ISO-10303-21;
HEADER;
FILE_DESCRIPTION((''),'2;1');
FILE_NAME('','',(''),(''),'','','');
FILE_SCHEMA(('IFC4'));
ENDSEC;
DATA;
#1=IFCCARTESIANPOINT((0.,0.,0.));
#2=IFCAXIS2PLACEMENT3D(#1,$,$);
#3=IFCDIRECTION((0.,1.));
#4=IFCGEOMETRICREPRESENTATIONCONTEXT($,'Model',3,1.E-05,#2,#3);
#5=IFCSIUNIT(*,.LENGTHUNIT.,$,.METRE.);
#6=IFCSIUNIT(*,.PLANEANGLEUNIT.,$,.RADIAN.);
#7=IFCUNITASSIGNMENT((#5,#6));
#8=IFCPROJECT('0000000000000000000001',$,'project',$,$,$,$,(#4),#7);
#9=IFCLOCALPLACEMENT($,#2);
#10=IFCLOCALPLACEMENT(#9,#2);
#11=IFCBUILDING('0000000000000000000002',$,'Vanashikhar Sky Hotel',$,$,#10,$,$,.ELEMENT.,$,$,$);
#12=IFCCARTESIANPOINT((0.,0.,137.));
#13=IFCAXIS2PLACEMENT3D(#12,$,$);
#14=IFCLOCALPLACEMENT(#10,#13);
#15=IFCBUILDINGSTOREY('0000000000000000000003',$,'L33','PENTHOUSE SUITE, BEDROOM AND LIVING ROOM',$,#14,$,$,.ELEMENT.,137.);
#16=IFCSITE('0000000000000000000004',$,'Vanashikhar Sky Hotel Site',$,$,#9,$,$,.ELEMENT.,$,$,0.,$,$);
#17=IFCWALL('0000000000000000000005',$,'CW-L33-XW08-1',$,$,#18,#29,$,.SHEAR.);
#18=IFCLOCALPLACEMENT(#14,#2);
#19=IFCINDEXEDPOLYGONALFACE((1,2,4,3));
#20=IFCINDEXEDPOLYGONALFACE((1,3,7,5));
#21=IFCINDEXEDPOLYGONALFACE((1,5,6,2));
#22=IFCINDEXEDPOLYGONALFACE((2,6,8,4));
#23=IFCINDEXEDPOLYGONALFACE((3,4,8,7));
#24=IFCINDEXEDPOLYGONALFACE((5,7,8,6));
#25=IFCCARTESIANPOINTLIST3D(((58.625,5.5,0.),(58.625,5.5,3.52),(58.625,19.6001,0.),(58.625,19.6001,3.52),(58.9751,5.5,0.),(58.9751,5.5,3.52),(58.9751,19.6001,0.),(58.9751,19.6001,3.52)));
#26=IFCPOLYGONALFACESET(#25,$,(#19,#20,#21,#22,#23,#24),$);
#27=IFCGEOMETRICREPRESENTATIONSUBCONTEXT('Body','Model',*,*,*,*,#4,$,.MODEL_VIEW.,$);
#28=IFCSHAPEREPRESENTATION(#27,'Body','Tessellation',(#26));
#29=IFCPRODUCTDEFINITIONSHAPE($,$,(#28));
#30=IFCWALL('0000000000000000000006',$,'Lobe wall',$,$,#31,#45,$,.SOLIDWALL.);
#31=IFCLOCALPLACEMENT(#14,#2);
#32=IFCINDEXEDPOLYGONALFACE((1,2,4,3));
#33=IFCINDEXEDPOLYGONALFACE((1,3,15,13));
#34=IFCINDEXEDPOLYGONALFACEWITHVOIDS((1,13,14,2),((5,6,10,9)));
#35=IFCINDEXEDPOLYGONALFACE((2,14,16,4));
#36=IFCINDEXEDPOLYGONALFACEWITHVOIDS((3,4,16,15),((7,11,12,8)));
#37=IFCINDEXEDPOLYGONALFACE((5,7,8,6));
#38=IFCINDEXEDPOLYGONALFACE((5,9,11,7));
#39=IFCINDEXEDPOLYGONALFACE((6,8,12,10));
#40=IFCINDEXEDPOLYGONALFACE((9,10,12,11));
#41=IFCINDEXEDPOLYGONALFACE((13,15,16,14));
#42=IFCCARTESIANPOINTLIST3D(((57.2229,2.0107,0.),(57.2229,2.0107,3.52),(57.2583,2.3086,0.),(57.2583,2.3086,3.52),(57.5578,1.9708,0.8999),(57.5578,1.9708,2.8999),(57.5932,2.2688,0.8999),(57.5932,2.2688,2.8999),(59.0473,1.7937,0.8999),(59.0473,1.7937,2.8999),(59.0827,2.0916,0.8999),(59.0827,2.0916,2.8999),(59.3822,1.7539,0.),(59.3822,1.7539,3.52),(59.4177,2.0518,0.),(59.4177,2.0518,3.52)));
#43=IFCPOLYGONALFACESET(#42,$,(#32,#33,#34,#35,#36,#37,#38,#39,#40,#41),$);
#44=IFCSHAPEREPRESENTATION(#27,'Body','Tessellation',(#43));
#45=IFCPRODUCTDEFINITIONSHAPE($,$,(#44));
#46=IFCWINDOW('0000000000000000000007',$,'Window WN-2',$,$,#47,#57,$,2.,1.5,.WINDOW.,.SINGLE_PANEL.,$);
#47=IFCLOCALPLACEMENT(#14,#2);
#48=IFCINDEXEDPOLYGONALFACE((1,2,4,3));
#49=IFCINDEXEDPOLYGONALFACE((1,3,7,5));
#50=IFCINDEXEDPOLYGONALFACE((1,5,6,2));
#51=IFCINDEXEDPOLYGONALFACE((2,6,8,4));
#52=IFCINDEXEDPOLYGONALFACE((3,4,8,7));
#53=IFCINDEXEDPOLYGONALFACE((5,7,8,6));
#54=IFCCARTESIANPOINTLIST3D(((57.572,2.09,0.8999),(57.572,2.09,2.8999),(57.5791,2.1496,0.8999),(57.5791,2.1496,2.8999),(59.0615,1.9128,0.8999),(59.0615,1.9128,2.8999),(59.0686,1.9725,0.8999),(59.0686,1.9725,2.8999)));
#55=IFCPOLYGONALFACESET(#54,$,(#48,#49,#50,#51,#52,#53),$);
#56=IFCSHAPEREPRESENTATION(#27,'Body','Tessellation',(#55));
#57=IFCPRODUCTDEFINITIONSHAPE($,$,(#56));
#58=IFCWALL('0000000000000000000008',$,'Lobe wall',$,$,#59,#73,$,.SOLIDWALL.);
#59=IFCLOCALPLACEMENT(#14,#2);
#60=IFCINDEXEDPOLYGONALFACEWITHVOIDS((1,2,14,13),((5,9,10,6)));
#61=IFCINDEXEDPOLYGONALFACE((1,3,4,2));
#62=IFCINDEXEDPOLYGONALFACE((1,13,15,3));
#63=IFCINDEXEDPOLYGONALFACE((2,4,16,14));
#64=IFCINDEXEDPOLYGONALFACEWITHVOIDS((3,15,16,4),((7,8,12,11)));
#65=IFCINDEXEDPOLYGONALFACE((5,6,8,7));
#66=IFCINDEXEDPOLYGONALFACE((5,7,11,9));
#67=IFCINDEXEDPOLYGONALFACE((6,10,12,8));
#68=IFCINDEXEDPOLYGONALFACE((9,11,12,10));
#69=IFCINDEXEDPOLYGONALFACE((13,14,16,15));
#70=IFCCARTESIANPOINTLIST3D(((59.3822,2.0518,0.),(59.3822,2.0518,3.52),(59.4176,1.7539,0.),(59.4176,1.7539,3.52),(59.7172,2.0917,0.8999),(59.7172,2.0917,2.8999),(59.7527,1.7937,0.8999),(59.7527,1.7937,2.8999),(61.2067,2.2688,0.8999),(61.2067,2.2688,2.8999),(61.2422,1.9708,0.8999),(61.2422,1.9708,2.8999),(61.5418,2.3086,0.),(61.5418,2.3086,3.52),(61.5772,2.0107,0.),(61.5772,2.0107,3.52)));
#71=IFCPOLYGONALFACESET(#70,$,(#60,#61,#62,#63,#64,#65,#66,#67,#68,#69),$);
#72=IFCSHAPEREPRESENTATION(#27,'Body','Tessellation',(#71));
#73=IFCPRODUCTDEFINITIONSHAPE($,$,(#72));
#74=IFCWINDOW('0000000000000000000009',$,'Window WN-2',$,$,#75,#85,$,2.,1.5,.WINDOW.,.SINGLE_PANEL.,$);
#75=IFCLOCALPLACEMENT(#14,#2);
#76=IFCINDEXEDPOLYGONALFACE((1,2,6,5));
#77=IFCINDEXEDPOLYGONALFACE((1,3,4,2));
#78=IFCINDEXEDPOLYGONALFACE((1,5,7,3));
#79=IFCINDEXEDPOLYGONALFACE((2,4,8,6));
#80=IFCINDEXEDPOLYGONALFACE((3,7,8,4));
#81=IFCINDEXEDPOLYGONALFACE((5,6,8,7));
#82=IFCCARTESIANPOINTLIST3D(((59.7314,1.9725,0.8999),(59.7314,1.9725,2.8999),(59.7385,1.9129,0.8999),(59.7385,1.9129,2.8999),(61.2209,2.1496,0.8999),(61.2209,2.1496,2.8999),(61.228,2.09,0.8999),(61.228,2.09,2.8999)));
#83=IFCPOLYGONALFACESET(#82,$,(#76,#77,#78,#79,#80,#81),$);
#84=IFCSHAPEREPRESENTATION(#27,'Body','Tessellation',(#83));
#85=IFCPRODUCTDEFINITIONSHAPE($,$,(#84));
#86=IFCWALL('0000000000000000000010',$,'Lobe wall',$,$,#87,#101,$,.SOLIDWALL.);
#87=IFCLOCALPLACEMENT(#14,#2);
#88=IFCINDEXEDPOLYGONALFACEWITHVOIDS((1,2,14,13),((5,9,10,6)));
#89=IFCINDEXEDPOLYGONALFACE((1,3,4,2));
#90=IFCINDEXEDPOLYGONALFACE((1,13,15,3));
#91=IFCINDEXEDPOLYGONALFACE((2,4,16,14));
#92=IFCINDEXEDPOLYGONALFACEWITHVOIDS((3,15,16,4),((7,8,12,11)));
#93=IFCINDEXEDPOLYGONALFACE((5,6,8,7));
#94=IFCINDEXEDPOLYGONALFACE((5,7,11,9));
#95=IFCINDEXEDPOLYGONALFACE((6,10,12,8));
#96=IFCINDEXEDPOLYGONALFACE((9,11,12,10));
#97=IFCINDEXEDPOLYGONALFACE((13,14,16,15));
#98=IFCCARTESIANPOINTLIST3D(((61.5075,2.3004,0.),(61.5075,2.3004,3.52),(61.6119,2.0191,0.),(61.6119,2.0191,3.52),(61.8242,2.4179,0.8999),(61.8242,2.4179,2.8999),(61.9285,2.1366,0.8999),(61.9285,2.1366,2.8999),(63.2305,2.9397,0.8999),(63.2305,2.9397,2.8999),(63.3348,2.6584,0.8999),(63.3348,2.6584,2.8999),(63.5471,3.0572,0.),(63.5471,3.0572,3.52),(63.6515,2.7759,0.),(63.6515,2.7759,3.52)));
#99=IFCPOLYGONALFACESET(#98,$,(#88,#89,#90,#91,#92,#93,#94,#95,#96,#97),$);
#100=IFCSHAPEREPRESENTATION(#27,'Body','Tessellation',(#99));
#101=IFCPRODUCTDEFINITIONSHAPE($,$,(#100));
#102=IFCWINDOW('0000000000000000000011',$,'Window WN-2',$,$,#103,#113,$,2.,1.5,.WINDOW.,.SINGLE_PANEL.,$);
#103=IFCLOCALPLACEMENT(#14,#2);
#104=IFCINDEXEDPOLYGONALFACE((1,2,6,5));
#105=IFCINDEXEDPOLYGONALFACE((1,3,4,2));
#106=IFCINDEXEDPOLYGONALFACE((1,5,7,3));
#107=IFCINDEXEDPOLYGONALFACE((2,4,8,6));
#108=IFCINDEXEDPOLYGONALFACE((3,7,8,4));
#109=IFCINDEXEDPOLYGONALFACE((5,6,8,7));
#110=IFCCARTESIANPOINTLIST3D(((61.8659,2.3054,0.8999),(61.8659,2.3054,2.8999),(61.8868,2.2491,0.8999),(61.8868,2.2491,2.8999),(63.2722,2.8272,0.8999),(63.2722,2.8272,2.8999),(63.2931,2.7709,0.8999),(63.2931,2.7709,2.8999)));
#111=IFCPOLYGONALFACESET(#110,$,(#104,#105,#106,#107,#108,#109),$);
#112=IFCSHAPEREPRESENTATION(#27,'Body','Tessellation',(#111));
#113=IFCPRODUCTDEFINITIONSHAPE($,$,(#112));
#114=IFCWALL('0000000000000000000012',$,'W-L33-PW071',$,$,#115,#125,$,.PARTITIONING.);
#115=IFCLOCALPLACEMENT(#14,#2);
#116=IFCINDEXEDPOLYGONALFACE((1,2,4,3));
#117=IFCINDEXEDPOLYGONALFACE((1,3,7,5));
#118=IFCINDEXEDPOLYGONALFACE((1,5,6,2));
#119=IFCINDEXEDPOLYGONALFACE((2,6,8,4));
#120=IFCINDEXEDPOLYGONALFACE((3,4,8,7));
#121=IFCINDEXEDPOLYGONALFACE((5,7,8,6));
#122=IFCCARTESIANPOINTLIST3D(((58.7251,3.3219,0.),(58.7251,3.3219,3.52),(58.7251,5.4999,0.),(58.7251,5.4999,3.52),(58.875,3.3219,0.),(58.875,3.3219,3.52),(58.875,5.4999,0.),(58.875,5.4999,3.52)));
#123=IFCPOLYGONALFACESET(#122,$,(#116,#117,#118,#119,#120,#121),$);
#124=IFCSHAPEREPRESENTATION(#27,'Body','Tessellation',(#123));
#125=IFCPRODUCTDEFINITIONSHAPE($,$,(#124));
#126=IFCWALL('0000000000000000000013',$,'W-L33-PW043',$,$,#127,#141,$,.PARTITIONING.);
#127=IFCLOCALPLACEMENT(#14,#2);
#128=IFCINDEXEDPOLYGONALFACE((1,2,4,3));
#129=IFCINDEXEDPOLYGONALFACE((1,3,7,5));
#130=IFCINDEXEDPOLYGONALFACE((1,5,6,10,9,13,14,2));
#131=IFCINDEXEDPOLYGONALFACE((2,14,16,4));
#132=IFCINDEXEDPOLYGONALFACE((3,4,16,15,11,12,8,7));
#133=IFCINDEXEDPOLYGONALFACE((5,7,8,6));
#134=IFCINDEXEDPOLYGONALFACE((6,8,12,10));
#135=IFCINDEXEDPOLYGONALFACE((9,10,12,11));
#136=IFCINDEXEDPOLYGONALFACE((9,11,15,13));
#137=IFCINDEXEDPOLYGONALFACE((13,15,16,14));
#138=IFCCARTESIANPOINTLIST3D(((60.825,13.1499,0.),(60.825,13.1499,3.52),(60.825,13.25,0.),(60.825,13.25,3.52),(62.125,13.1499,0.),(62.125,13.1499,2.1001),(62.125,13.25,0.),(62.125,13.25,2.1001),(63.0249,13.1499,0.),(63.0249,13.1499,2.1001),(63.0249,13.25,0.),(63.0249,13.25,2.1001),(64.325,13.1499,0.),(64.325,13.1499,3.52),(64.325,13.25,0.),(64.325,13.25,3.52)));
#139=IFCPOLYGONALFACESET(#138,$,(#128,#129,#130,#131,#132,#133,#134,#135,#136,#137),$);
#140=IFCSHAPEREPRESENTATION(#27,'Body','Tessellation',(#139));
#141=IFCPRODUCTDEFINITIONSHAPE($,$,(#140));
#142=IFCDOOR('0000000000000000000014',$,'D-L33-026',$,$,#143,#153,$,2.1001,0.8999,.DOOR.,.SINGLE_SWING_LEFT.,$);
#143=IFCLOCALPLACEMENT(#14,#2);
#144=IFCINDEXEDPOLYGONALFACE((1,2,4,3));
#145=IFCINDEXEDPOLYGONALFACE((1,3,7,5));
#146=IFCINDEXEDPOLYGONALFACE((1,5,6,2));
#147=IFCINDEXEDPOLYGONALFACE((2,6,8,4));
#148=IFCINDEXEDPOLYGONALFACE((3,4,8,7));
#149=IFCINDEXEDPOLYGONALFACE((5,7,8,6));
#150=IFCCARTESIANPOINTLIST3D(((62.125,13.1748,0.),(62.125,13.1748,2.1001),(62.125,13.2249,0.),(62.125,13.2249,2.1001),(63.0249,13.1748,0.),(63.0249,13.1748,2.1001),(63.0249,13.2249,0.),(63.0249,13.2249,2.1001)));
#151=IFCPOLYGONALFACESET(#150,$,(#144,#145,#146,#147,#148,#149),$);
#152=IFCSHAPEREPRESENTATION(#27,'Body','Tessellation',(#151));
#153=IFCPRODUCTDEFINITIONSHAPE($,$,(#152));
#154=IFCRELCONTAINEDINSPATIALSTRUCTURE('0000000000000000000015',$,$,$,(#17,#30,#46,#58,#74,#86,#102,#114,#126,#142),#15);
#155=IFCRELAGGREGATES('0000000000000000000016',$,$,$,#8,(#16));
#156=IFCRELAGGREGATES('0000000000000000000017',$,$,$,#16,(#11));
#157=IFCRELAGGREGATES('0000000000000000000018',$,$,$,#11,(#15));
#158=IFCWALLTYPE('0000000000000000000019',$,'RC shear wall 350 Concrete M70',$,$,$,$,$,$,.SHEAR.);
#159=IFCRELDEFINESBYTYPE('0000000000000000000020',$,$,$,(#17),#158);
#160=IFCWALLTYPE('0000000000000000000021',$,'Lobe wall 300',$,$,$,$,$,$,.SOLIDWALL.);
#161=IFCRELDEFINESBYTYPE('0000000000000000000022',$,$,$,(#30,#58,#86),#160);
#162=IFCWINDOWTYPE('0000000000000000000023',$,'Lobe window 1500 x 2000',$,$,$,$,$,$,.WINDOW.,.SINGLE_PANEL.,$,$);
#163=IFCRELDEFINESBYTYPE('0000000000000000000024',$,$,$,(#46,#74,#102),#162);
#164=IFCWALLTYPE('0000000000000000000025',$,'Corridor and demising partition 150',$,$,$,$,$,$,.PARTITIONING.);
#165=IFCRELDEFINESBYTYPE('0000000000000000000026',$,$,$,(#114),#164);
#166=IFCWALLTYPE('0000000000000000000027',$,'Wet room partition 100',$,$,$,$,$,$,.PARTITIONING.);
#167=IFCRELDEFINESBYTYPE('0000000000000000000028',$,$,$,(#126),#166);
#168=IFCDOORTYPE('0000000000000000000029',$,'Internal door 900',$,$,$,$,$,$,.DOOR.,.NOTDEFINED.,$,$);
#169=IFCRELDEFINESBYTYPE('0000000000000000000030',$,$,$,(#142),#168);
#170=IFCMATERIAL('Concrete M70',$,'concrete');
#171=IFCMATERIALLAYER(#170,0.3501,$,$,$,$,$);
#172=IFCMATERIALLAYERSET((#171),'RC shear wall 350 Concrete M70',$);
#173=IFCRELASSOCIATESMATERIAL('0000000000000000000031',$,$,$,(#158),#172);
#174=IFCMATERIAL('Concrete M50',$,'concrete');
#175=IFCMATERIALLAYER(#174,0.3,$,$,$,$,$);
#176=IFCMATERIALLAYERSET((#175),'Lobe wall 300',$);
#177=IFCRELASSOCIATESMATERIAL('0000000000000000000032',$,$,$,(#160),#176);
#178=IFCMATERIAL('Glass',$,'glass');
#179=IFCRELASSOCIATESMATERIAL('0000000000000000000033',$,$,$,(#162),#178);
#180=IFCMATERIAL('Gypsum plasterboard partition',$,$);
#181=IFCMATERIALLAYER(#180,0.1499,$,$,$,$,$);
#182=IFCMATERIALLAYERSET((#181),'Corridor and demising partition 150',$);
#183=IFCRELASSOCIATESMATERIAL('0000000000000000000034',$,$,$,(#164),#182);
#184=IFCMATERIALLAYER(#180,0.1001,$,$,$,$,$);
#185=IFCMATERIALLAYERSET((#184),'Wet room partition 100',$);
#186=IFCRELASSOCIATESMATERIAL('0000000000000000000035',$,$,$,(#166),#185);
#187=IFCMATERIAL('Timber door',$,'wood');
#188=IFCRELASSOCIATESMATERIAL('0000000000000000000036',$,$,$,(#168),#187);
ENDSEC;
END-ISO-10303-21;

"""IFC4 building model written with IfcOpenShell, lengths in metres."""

from ifc_helpers import new_model, si_unit, direction, frame, frame_2d, origin, place, context, subcontext, project, spatial, rectangle, extrude, source, transform, mapped, material, layer, layer_set, type_object, element, fill, save


model = new_model("IFC4")

# Units and contexts
model_context = context("Model", 3, precision=1e-05, world=origin(), true_north=direction((0.0, 1.0)))
body_context = subcontext(model_context, "Body", "Model", "MODEL_VIEW")
ifc_project = project(units=[si_unit("LENGTHUNIT", "METRE"), si_unit("PLANEANGLEUNIT", "RADIAN")], contexts=[model_context])

# Site, building, storey
site_placement = place(None, origin())
site = spatial("IfcSite", under=ifc_project, at=site_placement, Name="Vanashikhar Sky Hotel Site", CompositionType="ELEMENT", RefElevation=0.0)
building_placement = place(site_placement, origin())
building = spatial("IfcBuilding", under=site, at=building_placement, Name="Vanashikhar Sky Hotel", CompositionType="ELEMENT")
storey_placement = place(building_placement, frame((0.0, 0.0, 137.0)))
storey = spatial("IfcBuildingStorey", under=building, at=storey_placement, Name="L33", Description="PENTHOUSE SUITE, BEDROOM AND LIVING ROOM", CompositionType="ELEMENT", Elevation=137.0)

# Wall
ifc_material_1 = material(Name="Concrete M70", Category="concrete")
ifc_layer_1 = layer(ifc_material_1, 0.3501)
ifc_layer_set_1 = layer_set([ifc_layer_1], Name="RC shear wall 350 Concrete M70")
wall_type_1 = type_object("IfcWallType", Name="RC shear wall 350 Concrete M70", PredefinedType="SHEAR", material=ifc_layer_set_1)
shared_shape_1 = source(origin(), body_context, "Body", "SweptSolid", [
    extrude(rectangle(XDim=14.1001, YDim=0.3501, at=frame_2d((7.05, 0.0))), origin(), (0.0, 0.0, 1.0), 3.52),
])
wall_1_placement = place(storey_placement, frame((58.8, 5.5, 0.0), z_axis=(0.0, 0.0, 1.0), x_axis=(0.0, 1.0, 0.0)))
element("IfcWall", 1, at=wall_1_placement, inside=storey, type_object=wall_type_1, Name="CW-L33-XW08-1", PredefinedType="SHEAR", context=body_context, shape_type="MappedRepresentation", body=[
    mapped(shared_shape_1, transform((0.0, 0.0, 0.0), scale=1.0)),
])

# Walls, openings, windows
ifc_material_2 = material(Name="Concrete M50", Category="concrete")
ifc_layer_2 = layer(ifc_material_2, 0.3)
ifc_layer_set_2 = layer_set([ifc_layer_2], Name="Lobe wall 300")
wall_type_2 = type_object("IfcWallType", Name="Lobe wall 300", PredefinedType="SOLIDWALL", material=ifc_layer_set_2)
shared_shape_2 = source(origin(), body_context, "Body", "SweptSolid", [
    extrude(rectangle(XDim=2.1746, YDim=0.3, at=frame_2d((1.0874, 0.0))), origin(), (0.0, 0.0, 1.0), 3.52),
])
wall_2_placement = place(storey_placement, frame((57.2405, 2.1597, 0.0), z_axis=(0.0, 0.0, 1.0), x_axis=(0.993001, -0.118105, 0.0)))
wall_2 = element("IfcWall", 2, at=wall_2_placement, inside=storey, type_object=wall_type_2, Name="Lobe wall", PredefinedType="SOLIDWALL", context=body_context, shape_type="MappedRepresentation", body=[
    mapped(shared_shape_2, transform((0.0, 0.0, 0.0), scale=1.0)),
])
shared_shape_3 = source(origin(), body_context, "Body", "SweptSolid", [
    extrude(rectangle(XDim=1.5, YDim=2.0, at=frame_2d((0.75, 1.0))), frame((0.0, 0.1602, 0.0), z_axis=(0.0, -1.0, 0.0), x_axis=(1.0, 0.0, 0.0)), (0.0, 0.0, 1.0), 0.3201),
])
opening_1_placement = place(wall_2_placement, frame((0.3374, 0.0, 0.8999)))
opening_1 = element("IfcOpeningElement", 3, at=opening_1_placement, cuts=wall_2, PredefinedType="OPENING", context=body_context, shape_type="MappedRepresentation", body=[
    mapped(shared_shape_3, transform((0.0, 0.0, 0.0), scale=1.0)),
])
ifc_material_3 = material(Name="Glass", Category="glass")
window_type = type_object("IfcWindowType", Name="Lobe window 1500 x 2000", PartitioningType="SINGLE_PANEL", PredefinedType="WINDOW", material=ifc_material_3)
shared_shape_4 = source(origin(), body_context, "Body", "SweptSolid", [
    extrude(rectangle(XDim=1.5, YDim=2.0, at=frame_2d((0.75, 1.0))), frame((0.0, 0.03, 0.0), z_axis=(0.0, -1.0, 0.0), x_axis=(1.0, 0.0, 0.0)), (0.0, 0.0, 1.0), 0.0601),
])
window_1_placement = place(opening_1_placement, origin())
window_1 = element("IfcWindow", 4, at=window_1_placement, inside=storey, type_object=window_type, Name="Window WN-2", OverallHeight=2.0, OverallWidth=1.5, PartitioningType="SINGLE_PANEL", PredefinedType="WINDOW", context=body_context, shape_type="MappedRepresentation", body=[
    mapped(shared_shape_4, transform((0.0, 0.0, 0.0), scale=1.0)),
])
fill(opening_1, window_1)
shared_shape_5 = source(origin(), body_context, "Body", "SweptSolid", [
    extrude(rectangle(XDim=2.1748, YDim=0.3, at=frame_2d((1.0874, 0.0))), origin(), (0.0, 0.0, 1.0), 3.52),
])
wall_3_placement = place(storey_placement, frame((59.3999, 1.9028, 0.0), z_axis=(0.0, 0.0, 1.0), x_axis=(0.993003, 0.118092, 0.0)))
wall_3 = element("IfcWall", 5, at=wall_3_placement, inside=storey, type_object=wall_type_2, Name="Lobe wall", PredefinedType="SOLIDWALL", context=body_context, shape_type="MappedRepresentation", body=[
    mapped(shared_shape_5, transform((0.0, 0.0, 0.0), scale=1.0)),
])
opening_2_placement = place(wall_3_placement, frame((0.3374, 0.0, 0.8999)))
opening_2 = element("IfcOpeningElement", 6, at=opening_2_placement, cuts=wall_3, PredefinedType="OPENING", context=body_context, shape_type="MappedRepresentation", body=[
    mapped(shared_shape_3, transform((0.0, 0.0, 0.0), scale=1.0)),
])
window_2_placement = place(opening_2_placement, origin())
window_2 = element("IfcWindow", 7, at=window_2_placement, inside=storey, type_object=window_type, Name="Window WN-2", OverallHeight=2.0, OverallWidth=1.5, PartitioningType="SINGLE_PANEL", PredefinedType="WINDOW", context=body_context, shape_type="MappedRepresentation", body=[
    mapped(shared_shape_4, transform((0.0, 0.0, 0.0), scale=1.0)),
])
fill(opening_2, window_2)
shared_shape_6 = source(origin(), body_context, "Body", "SweptSolid", [
    extrude(rectangle(XDim=2.1755, YDim=0.3, at=frame_2d((1.0879, 0.0))), origin(), (0.0, 0.0, 1.0), 3.52),
])
wall_4_placement = place(storey_placement, frame((61.5596, 2.1597, 0.0), z_axis=(0.0, 0.0, 1.0), x_axis=(0.937532, 0.347899, 0.0)))
wall_4 = element("IfcWall", 8, at=wall_4_placement, inside=storey, type_object=wall_type_2, Name="Lobe wall", PredefinedType="SOLIDWALL", context=body_context, shape_type="MappedRepresentation", body=[
    mapped(shared_shape_6, transform((0.0, 0.0, 0.0), scale=1.0)),
])
opening_3_placement = place(wall_4_placement, frame((0.3379, 0.0, 0.8999)))
opening_3 = element("IfcOpeningElement", 9, at=opening_3_placement, cuts=wall_4, PredefinedType="OPENING", context=body_context, shape_type="MappedRepresentation", body=[
    mapped(shared_shape_3, transform((0.0, 0.0, 0.0), scale=1.0)),
])
window_3_placement = place(opening_3_placement, origin())
window_3 = element("IfcWindow", 10, at=window_3_placement, inside=storey, type_object=window_type, Name="Window WN-2", OverallHeight=2.0, OverallWidth=1.5, PartitioningType="SINGLE_PANEL", PredefinedType="WINDOW", context=body_context, shape_type="MappedRepresentation", body=[
    mapped(shared_shape_4, transform((0.0, 0.0, 0.0), scale=1.0)),
])
fill(opening_3, window_3)

# Wall
ifc_material_4 = material(Name="Gypsum plasterboard partition")
ifc_layer_3 = layer(ifc_material_4, 0.1499)
ifc_layer_set_3 = layer_set([ifc_layer_3], Name="Corridor and demising partition 150")
wall_type_3 = type_object("IfcWallType", Name="Corridor and demising partition 150", PredefinedType="PARTITIONING", material=ifc_layer_set_3)
shared_shape_7 = source(origin(), body_context, "Body", "SweptSolid", [
    extrude(rectangle(XDim=2.178, YDim=0.1499, at=frame_2d((1.0889, 0.0))), origin(), (0.0, 0.0, 1.0), 3.52),
])
wall_5_placement = place(storey_placement, frame((58.8, 3.322, 0.0), z_axis=(0.0, 0.0, 1.0), x_axis=(0.0, 1.0, 0.0)))
element("IfcWall", 11, at=wall_5_placement, inside=storey, type_object=wall_type_3, Name="W-L33-PW071", PredefinedType="PARTITIONING", context=body_context, shape_type="MappedRepresentation", body=[
    mapped(shared_shape_7, transform((0.0, 0.0, 0.0), scale=1.0)),
])

# Wall, opening, door
ifc_layer_4 = layer(ifc_material_4, 0.1001)
ifc_layer_set_4 = layer_set([ifc_layer_4], Name="Wet room partition 100")
wall_type_4 = type_object("IfcWallType", Name="Wet room partition 100", PredefinedType="PARTITIONING", material=ifc_layer_set_4)
shared_shape_8 = source(origin(), body_context, "Body", "SweptSolid", [
    extrude(rectangle(XDim=3.5, YDim=0.1001, at=frame_2d((1.75, 0.0))), origin(), (0.0, 0.0, 1.0), 3.52),
])
wall_6_placement = place(storey_placement, frame((60.825, 13.2, 0.0), z_axis=(0.0, 0.0, 1.0), x_axis=(1.0, 0.0, 0.0)))
wall_6 = element("IfcWall", 12, at=wall_6_placement, inside=storey, type_object=wall_type_4, Name="W-L33-PW043", PredefinedType="PARTITIONING", context=body_context, shape_type="MappedRepresentation", body=[
    mapped(shared_shape_8, transform((0.0, 0.0, 0.0), scale=1.0)),
])
shared_shape_9 = source(origin(), body_context, "Body", "SweptSolid", [
    extrude(rectangle(XDim=0.8999, YDim=2.1001, at=frame_2d((0.45, 1.05))), frame((0.0, 0.0601, 0.0), z_axis=(0.0, -1.0, 0.0), x_axis=(1.0, 0.0, 0.0)), (0.0, 0.0, 1.0), 0.1201),
])
opening_4_placement = place(wall_6_placement, frame((1.3, 0.0, 0.0)))
opening_4 = element("IfcOpeningElement", 13, at=opening_4_placement, cuts=wall_6, PredefinedType="OPENING", context=body_context, shape_type="MappedRepresentation", body=[
    mapped(shared_shape_9, transform((0.0, 0.0, 0.0), scale=1.0)),
])
ifc_material_5 = material(Name="Timber door", Category="wood")
door_type_1 = type_object("IfcDoorType", Name="Internal door 900", OperationType="NOTDEFINED", PredefinedType="DOOR", material=ifc_material_5)
shared_shape_10 = source(origin(), body_context, "Body", "SweptSolid", [
    extrude(rectangle(XDim=0.8999, YDim=2.1001, at=frame_2d((0.45, 1.05))), frame((0.0, 0.0249, 0.0), z_axis=(0.0, -1.0, 0.0), x_axis=(1.0, 0.0, 0.0)), (0.0, 0.0, 1.0), 0.05),
])
door_1_placement = place(opening_4_placement, origin())
door_1 = element("IfcDoor", 14, at=door_1_placement, inside=storey, type_object=door_type_1, Name="D-L33-026", OperationType="SINGLE_SWING_LEFT", OverallHeight=2.1001, OverallWidth=0.8999, PredefinedType="DOOR", context=body_context, shape_type="MappedRepresentation", body=[
    mapped(shared_shape_10, transform((0.0, 0.0, 0.0), scale=1.0)),
])
fill(opening_4, door_1)

save(model, "model.ifc")
